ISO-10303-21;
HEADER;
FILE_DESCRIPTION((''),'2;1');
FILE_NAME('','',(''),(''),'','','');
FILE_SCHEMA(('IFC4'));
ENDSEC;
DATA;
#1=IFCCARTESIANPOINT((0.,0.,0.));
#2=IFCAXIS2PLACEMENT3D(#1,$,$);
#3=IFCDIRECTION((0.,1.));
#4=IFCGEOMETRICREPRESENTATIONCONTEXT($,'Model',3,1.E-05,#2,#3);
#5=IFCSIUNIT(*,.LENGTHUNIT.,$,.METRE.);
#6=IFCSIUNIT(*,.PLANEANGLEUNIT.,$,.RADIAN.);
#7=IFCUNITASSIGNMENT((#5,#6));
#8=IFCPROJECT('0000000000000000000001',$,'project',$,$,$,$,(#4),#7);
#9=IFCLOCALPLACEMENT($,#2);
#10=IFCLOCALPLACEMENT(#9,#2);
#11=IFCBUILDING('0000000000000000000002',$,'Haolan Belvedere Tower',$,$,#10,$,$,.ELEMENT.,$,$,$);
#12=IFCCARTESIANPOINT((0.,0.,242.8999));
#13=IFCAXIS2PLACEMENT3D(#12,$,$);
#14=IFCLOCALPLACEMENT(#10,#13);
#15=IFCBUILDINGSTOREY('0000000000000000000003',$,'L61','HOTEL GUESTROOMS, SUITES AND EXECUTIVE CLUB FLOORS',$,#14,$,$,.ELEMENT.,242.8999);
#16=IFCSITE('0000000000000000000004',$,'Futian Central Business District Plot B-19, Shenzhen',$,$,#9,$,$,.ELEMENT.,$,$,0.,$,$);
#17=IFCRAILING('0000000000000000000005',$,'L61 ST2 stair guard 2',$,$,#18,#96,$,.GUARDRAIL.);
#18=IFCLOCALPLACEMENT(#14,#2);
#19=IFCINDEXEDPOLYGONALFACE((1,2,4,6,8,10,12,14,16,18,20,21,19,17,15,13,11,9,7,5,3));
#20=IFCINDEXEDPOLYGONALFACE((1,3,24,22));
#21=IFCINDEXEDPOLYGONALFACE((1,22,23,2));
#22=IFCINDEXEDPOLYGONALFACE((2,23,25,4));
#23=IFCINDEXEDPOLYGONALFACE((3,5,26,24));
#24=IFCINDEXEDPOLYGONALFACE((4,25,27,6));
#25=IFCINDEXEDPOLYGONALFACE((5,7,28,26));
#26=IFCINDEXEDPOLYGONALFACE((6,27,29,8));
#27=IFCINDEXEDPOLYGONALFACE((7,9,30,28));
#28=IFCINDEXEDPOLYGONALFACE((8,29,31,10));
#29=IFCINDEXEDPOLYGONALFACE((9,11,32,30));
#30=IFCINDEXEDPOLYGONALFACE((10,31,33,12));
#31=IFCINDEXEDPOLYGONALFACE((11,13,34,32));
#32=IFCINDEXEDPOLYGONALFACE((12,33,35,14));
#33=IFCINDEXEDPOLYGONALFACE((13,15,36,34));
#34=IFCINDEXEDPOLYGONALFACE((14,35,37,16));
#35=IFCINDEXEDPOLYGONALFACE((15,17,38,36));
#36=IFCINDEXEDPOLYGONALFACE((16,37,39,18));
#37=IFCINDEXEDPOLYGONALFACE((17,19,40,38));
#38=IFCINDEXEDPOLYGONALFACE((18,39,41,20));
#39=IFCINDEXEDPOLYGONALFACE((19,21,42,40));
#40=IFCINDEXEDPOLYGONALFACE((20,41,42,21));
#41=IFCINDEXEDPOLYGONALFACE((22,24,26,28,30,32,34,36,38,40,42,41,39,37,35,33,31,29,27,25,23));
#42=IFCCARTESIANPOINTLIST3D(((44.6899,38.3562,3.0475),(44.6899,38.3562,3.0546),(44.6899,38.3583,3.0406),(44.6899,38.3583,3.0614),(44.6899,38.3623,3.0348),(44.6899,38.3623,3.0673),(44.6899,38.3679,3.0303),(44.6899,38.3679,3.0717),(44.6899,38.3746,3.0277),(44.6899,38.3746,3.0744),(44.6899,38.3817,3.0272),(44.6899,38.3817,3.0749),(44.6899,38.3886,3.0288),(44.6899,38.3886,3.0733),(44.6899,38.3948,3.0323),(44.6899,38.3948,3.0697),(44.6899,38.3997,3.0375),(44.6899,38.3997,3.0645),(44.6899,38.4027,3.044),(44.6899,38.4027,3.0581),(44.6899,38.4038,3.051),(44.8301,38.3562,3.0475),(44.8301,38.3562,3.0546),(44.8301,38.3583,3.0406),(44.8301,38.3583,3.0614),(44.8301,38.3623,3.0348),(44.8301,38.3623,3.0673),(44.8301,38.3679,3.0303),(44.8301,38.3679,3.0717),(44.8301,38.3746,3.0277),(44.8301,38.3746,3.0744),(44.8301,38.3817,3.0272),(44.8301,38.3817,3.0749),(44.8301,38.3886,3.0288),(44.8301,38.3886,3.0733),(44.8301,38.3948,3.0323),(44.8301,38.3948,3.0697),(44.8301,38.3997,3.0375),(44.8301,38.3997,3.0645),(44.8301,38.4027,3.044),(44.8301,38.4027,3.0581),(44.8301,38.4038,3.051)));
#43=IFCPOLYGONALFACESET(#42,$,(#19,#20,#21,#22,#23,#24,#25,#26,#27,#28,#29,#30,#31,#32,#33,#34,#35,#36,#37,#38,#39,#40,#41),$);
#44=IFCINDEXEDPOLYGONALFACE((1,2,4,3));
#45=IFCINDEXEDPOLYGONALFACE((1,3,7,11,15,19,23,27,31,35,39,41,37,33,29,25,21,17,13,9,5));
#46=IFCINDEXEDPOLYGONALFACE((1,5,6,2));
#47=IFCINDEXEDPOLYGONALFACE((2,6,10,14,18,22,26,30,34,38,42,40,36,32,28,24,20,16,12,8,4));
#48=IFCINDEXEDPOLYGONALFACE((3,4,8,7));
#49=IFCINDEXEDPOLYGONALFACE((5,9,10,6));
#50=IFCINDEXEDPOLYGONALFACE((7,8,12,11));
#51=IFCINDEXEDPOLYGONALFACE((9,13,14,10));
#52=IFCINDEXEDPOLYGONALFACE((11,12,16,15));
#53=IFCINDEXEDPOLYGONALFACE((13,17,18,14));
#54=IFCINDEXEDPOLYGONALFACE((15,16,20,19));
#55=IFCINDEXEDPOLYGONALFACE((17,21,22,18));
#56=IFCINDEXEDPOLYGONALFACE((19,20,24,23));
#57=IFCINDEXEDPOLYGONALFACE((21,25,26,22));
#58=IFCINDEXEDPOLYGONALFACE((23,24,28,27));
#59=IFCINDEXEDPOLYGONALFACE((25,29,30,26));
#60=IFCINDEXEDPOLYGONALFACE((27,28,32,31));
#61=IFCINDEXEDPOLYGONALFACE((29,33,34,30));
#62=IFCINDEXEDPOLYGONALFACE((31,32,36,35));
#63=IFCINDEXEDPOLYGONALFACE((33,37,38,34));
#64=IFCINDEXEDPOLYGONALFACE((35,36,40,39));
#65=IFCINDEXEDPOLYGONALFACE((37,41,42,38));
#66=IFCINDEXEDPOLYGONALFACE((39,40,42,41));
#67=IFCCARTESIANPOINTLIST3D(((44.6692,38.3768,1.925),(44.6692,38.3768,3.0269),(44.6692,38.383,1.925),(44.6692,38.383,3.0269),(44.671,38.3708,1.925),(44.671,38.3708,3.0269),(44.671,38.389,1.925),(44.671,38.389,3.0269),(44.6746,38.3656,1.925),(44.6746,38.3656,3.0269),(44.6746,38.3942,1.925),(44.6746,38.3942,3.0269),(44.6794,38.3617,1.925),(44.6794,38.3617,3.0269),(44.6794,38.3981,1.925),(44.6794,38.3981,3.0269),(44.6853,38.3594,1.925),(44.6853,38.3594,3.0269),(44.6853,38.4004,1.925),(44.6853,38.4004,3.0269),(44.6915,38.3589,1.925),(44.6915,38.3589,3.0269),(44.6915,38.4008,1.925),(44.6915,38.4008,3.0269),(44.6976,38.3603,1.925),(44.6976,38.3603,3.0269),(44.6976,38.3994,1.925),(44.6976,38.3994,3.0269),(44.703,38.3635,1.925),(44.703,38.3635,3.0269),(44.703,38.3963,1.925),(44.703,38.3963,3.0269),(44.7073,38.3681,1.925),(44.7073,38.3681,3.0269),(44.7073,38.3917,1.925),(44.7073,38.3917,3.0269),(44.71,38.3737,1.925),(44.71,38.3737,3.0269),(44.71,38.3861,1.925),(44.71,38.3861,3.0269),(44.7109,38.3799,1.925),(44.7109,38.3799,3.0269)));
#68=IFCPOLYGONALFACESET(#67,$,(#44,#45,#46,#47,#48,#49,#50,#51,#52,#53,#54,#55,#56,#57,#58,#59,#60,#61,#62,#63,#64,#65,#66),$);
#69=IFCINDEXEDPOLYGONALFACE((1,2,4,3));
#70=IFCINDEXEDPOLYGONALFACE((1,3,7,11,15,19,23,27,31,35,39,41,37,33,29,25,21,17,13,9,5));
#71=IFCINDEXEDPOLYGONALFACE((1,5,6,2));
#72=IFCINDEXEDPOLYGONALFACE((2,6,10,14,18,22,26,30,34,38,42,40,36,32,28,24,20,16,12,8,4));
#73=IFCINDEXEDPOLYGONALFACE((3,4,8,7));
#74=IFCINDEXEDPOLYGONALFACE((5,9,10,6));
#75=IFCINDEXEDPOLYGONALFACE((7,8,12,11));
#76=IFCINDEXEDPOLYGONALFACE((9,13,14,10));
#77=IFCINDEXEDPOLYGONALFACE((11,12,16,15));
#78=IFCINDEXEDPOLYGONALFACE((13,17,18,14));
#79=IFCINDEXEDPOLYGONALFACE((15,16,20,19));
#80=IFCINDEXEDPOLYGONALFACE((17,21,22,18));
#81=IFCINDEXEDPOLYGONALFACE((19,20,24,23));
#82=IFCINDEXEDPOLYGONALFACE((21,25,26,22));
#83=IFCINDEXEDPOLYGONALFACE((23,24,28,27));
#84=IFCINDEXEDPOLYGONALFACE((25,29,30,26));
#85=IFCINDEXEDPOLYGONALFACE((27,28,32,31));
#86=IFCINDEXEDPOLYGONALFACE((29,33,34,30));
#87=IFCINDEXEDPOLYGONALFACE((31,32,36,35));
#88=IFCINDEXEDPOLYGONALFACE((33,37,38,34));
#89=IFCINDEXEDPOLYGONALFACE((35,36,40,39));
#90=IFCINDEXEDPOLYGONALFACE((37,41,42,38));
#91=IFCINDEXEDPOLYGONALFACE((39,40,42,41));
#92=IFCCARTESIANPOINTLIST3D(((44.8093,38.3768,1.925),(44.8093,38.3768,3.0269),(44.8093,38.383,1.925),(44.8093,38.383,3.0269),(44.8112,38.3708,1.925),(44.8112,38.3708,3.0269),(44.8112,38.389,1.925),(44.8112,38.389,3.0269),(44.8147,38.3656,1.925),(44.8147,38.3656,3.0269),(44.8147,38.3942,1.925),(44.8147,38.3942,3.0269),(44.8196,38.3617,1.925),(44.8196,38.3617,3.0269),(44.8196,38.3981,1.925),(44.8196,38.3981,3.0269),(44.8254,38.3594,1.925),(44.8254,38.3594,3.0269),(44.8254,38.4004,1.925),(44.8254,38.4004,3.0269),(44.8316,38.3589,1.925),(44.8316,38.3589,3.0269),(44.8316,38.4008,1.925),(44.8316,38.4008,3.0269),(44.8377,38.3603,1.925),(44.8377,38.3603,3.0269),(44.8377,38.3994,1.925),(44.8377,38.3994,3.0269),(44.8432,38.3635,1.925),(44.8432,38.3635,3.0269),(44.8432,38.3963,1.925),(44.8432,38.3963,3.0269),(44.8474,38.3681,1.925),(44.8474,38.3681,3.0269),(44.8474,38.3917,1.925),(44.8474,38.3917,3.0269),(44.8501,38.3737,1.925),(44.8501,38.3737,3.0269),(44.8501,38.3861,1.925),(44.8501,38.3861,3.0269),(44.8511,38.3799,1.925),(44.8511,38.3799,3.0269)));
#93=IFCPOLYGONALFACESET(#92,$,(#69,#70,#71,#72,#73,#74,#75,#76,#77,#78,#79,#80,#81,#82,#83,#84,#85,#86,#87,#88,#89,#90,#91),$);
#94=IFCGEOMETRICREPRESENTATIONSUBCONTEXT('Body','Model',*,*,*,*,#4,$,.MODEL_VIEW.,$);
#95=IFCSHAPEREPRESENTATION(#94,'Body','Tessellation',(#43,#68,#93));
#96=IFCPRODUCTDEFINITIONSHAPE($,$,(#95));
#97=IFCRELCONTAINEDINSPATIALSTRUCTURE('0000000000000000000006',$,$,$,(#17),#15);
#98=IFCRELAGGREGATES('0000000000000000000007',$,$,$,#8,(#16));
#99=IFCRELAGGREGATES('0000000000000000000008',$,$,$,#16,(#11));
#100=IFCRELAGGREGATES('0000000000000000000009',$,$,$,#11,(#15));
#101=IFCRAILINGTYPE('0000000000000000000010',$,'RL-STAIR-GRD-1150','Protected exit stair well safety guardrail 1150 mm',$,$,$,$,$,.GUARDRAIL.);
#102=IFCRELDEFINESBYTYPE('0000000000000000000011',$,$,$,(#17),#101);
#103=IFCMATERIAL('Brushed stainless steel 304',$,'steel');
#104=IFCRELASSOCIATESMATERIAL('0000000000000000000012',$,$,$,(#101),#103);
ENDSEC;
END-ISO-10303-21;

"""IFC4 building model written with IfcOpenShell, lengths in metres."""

from ifc_helpers import new_model, si_unit, direction, frame, origin, origin_2d, place, context, subcontext, project, spatial, circle, extrude, material, type_object, element, save


model = new_model("IFC4")

# Units and contexts
model_context = context("Model", 3, precision=1e-05, world=origin(), true_north=direction((0.0, 1.0)))
body_context = subcontext(model_context, "Body", "Model", "MODEL_VIEW")
ifc_project = project(units=[si_unit("LENGTHUNIT", "METRE"), si_unit("PLANEANGLEUNIT", "RADIAN")], contexts=[model_context])

# Site, building, storey
site_placement = place(None, origin())
site = spatial("IfcSite", under=ifc_project, at=site_placement, Name="Futian Central Business District Plot B-19, Shenzhen", CompositionType="ELEMENT", RefElevation=0.0)
building_placement = place(site_placement, origin())
building = spatial("IfcBuilding", under=site, at=building_placement, Name="Haolan Belvedere Tower", CompositionType="ELEMENT")
storey_placement = place(building_placement, frame((0.0, 0.0, 242.8999)))
storey = spatial("IfcBuildingStorey", under=building, at=storey_placement, Name="L61", Description="HOTEL GUESTROOMS, SUITES AND EXECUTIVE CLUB FLOORS", CompositionType="ELEMENT", Elevation=242.8999)

# Railing
ifc_material_1 = material(Name="Brushed stainless steel 304", Category="steel")
railing_type = type_object("IfcRailingType", Name="RL-STAIR-GRD-1150", Description="Protected exit stair well safety guardrail 1150 mm", PredefinedType="GUARDRAIL", material=ifc_material_1)
railing_placement = place(storey_placement, frame((44.6899, 38.3799, 1.925)))
element("IfcRailing", 1, at=railing_placement, inside=storey, type_object=railing_type, Name="L61 ST2 stair guard 2", PredefinedType="GUARDRAIL", context=body_context, shape_type="SweptSolid", body=[
    extrude(circle(Radius=0.0239, at=origin_2d()), frame((0.0, 0.0, 1.126), z_axis=(1.0, 0.0, 0.0), x_axis=(0.0, 1.0, 0.0)), (0.0, 0.0, 1.0), 0.1401),
    extrude(circle(Radius=0.021, at=origin_2d()), origin(), (0.0, 0.0, 1.0), 1.1018),
    extrude(circle(Radius=0.021, at=origin_2d()), frame((0.1401, 0.0, 0.0)), (0.0, 0.0, 1.0), 1.1018),
])

save(model, "model.ifc")
